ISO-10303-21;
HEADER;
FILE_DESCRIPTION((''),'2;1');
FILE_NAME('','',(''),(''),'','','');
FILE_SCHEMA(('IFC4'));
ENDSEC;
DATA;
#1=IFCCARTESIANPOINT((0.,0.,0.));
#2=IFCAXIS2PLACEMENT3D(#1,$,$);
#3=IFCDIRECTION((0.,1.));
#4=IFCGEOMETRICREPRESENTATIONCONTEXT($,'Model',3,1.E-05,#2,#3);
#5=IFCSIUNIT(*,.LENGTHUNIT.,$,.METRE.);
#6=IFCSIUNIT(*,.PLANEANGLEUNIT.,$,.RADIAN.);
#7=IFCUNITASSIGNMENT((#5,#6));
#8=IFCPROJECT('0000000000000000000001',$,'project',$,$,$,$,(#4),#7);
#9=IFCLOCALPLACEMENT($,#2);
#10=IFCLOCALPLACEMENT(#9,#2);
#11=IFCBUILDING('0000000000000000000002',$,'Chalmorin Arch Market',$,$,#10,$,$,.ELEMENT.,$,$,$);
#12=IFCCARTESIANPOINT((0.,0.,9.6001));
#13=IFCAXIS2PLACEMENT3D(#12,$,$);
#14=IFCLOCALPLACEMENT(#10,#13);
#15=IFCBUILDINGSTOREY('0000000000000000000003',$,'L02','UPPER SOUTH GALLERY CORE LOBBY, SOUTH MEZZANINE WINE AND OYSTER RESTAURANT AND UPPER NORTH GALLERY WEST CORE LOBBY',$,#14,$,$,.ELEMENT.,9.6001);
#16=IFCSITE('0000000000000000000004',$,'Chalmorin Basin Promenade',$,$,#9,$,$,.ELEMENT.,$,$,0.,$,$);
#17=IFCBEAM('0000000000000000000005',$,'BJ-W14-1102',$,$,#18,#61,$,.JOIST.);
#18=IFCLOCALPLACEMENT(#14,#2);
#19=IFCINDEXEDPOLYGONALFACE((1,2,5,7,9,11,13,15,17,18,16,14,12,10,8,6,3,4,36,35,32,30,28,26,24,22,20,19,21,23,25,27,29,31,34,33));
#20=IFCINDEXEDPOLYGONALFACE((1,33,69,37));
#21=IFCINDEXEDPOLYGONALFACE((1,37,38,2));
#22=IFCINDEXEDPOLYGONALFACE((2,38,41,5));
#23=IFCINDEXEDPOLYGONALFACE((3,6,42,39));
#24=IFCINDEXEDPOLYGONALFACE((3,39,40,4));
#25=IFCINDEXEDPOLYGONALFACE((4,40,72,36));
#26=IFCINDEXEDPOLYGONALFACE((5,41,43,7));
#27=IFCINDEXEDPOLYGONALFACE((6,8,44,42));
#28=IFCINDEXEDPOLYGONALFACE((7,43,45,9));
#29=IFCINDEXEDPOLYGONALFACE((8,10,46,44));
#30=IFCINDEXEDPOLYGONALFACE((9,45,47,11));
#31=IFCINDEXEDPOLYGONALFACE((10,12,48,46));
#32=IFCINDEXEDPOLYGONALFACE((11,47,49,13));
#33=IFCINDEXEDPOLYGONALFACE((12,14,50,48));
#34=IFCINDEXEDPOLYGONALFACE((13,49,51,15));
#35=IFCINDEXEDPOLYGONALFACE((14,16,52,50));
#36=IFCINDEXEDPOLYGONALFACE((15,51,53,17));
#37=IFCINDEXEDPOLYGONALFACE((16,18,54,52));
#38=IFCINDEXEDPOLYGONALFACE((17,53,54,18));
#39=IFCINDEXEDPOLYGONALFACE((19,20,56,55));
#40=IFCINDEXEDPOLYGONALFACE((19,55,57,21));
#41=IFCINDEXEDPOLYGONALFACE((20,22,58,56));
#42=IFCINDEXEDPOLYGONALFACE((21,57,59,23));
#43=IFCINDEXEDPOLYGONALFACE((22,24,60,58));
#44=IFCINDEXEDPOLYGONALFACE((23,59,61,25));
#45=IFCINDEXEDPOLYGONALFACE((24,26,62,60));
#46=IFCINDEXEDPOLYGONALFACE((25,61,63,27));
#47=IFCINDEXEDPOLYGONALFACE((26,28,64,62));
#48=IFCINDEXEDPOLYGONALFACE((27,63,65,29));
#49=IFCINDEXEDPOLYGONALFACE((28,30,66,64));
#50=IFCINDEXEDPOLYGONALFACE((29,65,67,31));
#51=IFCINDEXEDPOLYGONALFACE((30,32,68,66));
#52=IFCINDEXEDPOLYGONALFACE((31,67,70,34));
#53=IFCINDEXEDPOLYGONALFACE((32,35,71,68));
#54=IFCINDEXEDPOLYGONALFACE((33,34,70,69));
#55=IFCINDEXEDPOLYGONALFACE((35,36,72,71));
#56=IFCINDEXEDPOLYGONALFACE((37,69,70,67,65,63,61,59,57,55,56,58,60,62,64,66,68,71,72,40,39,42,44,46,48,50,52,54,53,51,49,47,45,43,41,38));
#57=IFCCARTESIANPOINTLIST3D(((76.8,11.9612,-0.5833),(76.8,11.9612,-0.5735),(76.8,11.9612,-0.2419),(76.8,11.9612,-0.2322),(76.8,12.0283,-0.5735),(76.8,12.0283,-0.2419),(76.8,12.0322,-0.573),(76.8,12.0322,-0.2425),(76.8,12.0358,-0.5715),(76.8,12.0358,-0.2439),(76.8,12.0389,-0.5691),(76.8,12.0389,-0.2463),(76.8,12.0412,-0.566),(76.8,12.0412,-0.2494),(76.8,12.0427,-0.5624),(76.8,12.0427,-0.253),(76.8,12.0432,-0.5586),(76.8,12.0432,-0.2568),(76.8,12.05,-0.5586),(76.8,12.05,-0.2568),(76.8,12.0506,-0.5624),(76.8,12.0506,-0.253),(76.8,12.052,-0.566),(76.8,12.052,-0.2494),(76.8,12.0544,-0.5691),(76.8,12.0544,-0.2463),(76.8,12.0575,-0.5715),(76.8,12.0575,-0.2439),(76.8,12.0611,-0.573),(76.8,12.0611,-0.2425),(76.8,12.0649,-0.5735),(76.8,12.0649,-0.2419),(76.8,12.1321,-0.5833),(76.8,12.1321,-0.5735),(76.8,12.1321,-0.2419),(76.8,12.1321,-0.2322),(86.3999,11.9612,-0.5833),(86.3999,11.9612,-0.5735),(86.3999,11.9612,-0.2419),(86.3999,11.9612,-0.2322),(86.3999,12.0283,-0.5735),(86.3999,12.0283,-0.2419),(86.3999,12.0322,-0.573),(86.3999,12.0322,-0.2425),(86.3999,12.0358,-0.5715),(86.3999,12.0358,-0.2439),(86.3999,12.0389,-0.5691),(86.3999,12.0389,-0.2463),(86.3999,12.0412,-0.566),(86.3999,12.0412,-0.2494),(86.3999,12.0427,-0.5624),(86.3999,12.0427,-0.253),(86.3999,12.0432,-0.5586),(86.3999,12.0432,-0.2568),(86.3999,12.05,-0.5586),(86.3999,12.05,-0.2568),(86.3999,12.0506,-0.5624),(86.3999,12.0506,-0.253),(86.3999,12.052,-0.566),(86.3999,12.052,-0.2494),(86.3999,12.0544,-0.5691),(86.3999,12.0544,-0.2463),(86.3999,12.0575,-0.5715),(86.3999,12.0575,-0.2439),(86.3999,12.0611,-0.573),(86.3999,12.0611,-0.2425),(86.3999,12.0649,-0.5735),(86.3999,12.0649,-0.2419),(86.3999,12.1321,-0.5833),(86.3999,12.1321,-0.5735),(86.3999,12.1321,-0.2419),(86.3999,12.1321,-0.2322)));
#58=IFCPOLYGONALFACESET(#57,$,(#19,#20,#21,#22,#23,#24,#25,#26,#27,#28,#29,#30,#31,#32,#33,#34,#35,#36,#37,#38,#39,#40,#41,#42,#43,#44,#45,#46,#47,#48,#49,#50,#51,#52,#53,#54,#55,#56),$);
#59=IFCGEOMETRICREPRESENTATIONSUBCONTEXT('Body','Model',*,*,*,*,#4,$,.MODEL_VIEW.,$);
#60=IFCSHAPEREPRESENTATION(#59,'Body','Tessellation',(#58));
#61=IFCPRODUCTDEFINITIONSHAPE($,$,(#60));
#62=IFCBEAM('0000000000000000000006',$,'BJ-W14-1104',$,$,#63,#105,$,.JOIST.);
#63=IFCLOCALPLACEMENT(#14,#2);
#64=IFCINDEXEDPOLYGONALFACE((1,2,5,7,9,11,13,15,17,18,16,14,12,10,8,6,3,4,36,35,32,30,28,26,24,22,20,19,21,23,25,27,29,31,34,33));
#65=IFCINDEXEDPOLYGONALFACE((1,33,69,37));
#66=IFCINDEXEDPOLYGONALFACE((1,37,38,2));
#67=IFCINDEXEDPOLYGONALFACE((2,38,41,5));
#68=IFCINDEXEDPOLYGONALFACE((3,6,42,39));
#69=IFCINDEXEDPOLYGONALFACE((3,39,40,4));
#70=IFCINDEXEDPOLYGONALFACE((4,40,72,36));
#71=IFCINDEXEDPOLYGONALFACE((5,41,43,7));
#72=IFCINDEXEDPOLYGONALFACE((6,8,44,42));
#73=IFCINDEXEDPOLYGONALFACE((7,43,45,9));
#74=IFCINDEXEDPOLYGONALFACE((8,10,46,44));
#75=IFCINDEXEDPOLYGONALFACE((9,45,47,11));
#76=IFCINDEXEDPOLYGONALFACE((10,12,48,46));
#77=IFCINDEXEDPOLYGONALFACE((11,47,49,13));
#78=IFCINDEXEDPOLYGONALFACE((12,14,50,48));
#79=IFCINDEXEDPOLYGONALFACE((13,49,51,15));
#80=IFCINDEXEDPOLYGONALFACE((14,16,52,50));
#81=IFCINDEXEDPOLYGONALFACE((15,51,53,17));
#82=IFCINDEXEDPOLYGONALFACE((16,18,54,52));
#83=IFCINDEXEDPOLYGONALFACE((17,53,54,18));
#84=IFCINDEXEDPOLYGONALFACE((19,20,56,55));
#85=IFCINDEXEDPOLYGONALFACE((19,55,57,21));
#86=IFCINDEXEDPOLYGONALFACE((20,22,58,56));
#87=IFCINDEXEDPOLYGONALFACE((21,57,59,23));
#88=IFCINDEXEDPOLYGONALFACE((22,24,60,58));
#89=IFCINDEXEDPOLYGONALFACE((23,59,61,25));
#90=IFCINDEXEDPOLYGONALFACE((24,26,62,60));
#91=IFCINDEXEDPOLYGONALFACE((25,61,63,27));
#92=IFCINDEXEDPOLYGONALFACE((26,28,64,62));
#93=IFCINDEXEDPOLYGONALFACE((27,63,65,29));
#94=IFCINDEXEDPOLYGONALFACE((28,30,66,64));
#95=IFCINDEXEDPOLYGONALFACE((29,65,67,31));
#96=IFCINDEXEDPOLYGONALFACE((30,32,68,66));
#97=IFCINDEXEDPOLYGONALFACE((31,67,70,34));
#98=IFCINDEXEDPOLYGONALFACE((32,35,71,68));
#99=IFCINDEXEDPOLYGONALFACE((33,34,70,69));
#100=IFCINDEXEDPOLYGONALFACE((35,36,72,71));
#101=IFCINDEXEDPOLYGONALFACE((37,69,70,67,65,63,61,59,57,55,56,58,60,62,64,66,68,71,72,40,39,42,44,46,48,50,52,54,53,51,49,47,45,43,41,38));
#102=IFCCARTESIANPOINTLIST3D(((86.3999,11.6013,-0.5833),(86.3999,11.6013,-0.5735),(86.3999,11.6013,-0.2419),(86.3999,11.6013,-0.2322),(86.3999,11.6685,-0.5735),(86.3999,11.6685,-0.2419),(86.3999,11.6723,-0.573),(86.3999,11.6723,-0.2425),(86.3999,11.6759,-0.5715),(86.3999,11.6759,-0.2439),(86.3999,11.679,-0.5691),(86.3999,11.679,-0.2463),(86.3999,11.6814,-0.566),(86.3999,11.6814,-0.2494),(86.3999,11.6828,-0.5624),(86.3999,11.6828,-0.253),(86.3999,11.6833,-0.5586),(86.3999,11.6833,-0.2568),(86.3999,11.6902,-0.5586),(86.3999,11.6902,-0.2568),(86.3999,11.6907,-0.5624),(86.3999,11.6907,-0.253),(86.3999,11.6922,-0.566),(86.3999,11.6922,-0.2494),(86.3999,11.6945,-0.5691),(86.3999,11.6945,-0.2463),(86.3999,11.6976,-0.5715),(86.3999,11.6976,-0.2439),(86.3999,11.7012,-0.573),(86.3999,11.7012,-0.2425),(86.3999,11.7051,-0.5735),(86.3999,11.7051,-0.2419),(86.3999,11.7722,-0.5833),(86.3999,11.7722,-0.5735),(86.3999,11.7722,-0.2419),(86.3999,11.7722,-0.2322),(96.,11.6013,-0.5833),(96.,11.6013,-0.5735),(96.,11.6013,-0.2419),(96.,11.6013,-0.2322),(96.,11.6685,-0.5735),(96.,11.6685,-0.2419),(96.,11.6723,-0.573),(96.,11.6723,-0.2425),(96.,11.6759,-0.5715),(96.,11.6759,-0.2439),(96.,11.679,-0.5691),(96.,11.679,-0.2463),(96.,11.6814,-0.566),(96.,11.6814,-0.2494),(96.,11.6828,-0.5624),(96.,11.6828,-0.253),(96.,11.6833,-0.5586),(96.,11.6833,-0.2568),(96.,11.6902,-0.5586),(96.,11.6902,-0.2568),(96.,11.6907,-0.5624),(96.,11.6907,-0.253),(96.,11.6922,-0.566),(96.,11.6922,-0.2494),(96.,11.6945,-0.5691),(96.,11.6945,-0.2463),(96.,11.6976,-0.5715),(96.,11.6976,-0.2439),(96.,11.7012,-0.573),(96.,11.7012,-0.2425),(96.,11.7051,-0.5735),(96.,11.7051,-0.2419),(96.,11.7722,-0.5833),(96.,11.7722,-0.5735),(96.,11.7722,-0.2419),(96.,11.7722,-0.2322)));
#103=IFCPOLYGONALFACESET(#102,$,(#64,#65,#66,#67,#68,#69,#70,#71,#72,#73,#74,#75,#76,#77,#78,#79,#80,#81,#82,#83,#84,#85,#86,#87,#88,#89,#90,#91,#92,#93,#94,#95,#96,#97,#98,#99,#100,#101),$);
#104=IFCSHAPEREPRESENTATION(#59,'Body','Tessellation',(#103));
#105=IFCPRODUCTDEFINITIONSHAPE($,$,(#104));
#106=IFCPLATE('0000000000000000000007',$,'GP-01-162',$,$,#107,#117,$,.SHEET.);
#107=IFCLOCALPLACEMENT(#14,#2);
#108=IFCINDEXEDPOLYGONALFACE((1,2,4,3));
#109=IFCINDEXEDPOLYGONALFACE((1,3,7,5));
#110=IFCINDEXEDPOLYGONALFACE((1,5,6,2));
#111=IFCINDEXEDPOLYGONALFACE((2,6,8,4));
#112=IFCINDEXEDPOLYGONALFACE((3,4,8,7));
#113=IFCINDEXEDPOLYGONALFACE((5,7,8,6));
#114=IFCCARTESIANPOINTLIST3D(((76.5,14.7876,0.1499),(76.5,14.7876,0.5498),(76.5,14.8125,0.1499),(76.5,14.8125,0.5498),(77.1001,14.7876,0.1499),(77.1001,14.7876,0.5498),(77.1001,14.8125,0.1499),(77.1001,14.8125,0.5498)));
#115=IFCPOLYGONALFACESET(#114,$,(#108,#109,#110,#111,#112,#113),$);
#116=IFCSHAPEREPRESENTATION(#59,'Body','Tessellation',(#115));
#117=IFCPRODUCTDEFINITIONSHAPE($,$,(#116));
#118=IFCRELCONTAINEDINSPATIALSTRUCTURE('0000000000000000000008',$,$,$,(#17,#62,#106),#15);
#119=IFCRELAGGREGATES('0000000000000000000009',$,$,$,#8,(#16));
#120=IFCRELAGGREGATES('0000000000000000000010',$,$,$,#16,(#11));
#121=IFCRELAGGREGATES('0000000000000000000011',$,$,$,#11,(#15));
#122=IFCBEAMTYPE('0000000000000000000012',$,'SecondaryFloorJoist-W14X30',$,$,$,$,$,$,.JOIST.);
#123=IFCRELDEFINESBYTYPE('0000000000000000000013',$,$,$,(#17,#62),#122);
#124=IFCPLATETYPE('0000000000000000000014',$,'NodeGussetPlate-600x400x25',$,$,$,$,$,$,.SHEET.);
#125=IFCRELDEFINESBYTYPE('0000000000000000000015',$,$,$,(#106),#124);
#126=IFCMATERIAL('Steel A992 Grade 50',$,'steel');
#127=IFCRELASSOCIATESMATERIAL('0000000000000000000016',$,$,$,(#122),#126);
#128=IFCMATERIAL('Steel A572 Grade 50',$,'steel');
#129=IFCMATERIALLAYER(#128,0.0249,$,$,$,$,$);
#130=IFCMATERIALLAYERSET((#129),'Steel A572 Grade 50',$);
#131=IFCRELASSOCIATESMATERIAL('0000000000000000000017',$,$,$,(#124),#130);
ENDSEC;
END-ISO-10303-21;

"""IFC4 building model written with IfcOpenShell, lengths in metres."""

from ifc_helpers import new_model, si_unit, direction, frame, origin, origin_2d, place, context, subcontext, project, spatial, rectangle, i_section, extrude, material, layer, layer_set, material_profile, profile_set, type_object, element, save


model = new_model("IFC4")

# Units and contexts
model_context = context("Model", 3, precision=1e-05, world=origin(), true_north=direction((0.0, 1.0)))
body_context = subcontext(model_context, "Body", "Model", "MODEL_VIEW")
ifc_project = project(units=[si_unit("LENGTHUNIT", "METRE"), si_unit("PLANEANGLEUNIT", "RADIAN")], contexts=[model_context])

# Site, building, storey
site_placement = place(None, origin())
site = spatial("IfcSite", under=ifc_project, at=site_placement, Name="Chalmorin Basin Promenade", CompositionType="ELEMENT", RefElevation=0.0)
building_placement = place(site_placement, origin())
building = spatial("IfcBuilding", under=site, at=building_placement, Name="Chalmorin Arch Market", CompositionType="ELEMENT")
storey_placement = place(building_placement, frame((0.0, 0.0, 9.6001)))
storey = spatial("IfcBuildingStorey", under=building, at=storey_placement, Name="L02", Description="UPPER SOUTH GALLERY CORE LOBBY, SOUTH MEZZANINE WINE AND OYSTER RESTAURANT AND UPPER NORTH GALLERY WEST CORE LOBBY", CompositionType="ELEMENT", Elevation=9.6001)

# Shared definitions
ifc_material_1 = material(Name="Steel A992 Grade 50", Category="steel")

# Beams
ifc_material_profile_1 = material_profile(ifc_material_1, i_section(OverallWidth=0.1709, OverallDepth=0.3511, WebThickness=0.0068, FlangeThickness=0.0098, FilletRadius=0.0149, at=origin_2d()), Name="W14X30")
ifc_profile_set_1 = profile_set([ifc_material_profile_1], Name="Steel A992 Grade 50")
beam_type_1 = type_object("IfcBeamType", Name="SecondaryFloorJoist-W14X30", PredefinedType="JOIST", material=ifc_profile_set_1)
beam_1_placement = place(storey_placement, frame((76.8, 12.0466, -0.4077), z_axis=(1.0, 0.0, 0.0), x_axis=(0.0, 1.0, 0.0)))
element("IfcBeam", 1, at=beam_1_placement, inside=storey, type_object=beam_type_1, Name="BJ-W14-1102", PredefinedType="JOIST", context=body_context, shape_type="SweptSolid", body=[
    extrude(i_section(OverallWidth=0.1709, OverallDepth=0.3511, WebThickness=0.0068, FlangeThickness=0.0098, FilletRadius=0.0149, at=origin_2d()), origin(), (0.0, 0.0, 1.0), 9.5999),
])
beam_2_placement = place(storey_placement, frame((86.3999, 11.6868, -0.4077), z_axis=(1.0, 0.0, 0.0), x_axis=(0.0, 1.0, 0.0)))
element("IfcBeam", 2, at=beam_2_placement, inside=storey, type_object=beam_type_1, Name="BJ-W14-1104", PredefinedType="JOIST", context=body_context, shape_type="SweptSolid", body=[
    extrude(i_section(OverallWidth=0.1709, OverallDepth=0.3511, WebThickness=0.0068, FlangeThickness=0.0098, FilletRadius=0.0149, at=origin_2d()), origin(), (0.0, 0.0, 1.0), 9.6001),
])

# Plate
ifc_material_2 = material(Name="Steel A572 Grade 50", Category="steel")
ifc_layer_1 = layer(ifc_material_2, 0.0249)
ifc_layer_set_1 = layer_set([ifc_layer_1], Name="Steel A572 Grade 50")
plate_type = type_object("IfcPlateType", Name="NodeGussetPlate-600x400x25", PredefinedType="SHEET", material=ifc_layer_set_1)
plate_placement = place(storey_placement, frame((76.8, 14.8, 0.1499), z_axis=(0.0, 0.0, 1.0), x_axis=(1.0, 0.0, 0.0)))
element("IfcPlate", 3, at=plate_placement, inside=storey, type_object=plate_type, Name="GP-01-162", PredefinedType="SHEET", context=body_context, shape_type="SweptSolid", body=[
    extrude(rectangle(XDim=0.6001, YDim=0.0249, at=origin_2d()), origin(), (0.0, 0.0, 1.0), 0.3999),
])

save(model, "model.ifc")
